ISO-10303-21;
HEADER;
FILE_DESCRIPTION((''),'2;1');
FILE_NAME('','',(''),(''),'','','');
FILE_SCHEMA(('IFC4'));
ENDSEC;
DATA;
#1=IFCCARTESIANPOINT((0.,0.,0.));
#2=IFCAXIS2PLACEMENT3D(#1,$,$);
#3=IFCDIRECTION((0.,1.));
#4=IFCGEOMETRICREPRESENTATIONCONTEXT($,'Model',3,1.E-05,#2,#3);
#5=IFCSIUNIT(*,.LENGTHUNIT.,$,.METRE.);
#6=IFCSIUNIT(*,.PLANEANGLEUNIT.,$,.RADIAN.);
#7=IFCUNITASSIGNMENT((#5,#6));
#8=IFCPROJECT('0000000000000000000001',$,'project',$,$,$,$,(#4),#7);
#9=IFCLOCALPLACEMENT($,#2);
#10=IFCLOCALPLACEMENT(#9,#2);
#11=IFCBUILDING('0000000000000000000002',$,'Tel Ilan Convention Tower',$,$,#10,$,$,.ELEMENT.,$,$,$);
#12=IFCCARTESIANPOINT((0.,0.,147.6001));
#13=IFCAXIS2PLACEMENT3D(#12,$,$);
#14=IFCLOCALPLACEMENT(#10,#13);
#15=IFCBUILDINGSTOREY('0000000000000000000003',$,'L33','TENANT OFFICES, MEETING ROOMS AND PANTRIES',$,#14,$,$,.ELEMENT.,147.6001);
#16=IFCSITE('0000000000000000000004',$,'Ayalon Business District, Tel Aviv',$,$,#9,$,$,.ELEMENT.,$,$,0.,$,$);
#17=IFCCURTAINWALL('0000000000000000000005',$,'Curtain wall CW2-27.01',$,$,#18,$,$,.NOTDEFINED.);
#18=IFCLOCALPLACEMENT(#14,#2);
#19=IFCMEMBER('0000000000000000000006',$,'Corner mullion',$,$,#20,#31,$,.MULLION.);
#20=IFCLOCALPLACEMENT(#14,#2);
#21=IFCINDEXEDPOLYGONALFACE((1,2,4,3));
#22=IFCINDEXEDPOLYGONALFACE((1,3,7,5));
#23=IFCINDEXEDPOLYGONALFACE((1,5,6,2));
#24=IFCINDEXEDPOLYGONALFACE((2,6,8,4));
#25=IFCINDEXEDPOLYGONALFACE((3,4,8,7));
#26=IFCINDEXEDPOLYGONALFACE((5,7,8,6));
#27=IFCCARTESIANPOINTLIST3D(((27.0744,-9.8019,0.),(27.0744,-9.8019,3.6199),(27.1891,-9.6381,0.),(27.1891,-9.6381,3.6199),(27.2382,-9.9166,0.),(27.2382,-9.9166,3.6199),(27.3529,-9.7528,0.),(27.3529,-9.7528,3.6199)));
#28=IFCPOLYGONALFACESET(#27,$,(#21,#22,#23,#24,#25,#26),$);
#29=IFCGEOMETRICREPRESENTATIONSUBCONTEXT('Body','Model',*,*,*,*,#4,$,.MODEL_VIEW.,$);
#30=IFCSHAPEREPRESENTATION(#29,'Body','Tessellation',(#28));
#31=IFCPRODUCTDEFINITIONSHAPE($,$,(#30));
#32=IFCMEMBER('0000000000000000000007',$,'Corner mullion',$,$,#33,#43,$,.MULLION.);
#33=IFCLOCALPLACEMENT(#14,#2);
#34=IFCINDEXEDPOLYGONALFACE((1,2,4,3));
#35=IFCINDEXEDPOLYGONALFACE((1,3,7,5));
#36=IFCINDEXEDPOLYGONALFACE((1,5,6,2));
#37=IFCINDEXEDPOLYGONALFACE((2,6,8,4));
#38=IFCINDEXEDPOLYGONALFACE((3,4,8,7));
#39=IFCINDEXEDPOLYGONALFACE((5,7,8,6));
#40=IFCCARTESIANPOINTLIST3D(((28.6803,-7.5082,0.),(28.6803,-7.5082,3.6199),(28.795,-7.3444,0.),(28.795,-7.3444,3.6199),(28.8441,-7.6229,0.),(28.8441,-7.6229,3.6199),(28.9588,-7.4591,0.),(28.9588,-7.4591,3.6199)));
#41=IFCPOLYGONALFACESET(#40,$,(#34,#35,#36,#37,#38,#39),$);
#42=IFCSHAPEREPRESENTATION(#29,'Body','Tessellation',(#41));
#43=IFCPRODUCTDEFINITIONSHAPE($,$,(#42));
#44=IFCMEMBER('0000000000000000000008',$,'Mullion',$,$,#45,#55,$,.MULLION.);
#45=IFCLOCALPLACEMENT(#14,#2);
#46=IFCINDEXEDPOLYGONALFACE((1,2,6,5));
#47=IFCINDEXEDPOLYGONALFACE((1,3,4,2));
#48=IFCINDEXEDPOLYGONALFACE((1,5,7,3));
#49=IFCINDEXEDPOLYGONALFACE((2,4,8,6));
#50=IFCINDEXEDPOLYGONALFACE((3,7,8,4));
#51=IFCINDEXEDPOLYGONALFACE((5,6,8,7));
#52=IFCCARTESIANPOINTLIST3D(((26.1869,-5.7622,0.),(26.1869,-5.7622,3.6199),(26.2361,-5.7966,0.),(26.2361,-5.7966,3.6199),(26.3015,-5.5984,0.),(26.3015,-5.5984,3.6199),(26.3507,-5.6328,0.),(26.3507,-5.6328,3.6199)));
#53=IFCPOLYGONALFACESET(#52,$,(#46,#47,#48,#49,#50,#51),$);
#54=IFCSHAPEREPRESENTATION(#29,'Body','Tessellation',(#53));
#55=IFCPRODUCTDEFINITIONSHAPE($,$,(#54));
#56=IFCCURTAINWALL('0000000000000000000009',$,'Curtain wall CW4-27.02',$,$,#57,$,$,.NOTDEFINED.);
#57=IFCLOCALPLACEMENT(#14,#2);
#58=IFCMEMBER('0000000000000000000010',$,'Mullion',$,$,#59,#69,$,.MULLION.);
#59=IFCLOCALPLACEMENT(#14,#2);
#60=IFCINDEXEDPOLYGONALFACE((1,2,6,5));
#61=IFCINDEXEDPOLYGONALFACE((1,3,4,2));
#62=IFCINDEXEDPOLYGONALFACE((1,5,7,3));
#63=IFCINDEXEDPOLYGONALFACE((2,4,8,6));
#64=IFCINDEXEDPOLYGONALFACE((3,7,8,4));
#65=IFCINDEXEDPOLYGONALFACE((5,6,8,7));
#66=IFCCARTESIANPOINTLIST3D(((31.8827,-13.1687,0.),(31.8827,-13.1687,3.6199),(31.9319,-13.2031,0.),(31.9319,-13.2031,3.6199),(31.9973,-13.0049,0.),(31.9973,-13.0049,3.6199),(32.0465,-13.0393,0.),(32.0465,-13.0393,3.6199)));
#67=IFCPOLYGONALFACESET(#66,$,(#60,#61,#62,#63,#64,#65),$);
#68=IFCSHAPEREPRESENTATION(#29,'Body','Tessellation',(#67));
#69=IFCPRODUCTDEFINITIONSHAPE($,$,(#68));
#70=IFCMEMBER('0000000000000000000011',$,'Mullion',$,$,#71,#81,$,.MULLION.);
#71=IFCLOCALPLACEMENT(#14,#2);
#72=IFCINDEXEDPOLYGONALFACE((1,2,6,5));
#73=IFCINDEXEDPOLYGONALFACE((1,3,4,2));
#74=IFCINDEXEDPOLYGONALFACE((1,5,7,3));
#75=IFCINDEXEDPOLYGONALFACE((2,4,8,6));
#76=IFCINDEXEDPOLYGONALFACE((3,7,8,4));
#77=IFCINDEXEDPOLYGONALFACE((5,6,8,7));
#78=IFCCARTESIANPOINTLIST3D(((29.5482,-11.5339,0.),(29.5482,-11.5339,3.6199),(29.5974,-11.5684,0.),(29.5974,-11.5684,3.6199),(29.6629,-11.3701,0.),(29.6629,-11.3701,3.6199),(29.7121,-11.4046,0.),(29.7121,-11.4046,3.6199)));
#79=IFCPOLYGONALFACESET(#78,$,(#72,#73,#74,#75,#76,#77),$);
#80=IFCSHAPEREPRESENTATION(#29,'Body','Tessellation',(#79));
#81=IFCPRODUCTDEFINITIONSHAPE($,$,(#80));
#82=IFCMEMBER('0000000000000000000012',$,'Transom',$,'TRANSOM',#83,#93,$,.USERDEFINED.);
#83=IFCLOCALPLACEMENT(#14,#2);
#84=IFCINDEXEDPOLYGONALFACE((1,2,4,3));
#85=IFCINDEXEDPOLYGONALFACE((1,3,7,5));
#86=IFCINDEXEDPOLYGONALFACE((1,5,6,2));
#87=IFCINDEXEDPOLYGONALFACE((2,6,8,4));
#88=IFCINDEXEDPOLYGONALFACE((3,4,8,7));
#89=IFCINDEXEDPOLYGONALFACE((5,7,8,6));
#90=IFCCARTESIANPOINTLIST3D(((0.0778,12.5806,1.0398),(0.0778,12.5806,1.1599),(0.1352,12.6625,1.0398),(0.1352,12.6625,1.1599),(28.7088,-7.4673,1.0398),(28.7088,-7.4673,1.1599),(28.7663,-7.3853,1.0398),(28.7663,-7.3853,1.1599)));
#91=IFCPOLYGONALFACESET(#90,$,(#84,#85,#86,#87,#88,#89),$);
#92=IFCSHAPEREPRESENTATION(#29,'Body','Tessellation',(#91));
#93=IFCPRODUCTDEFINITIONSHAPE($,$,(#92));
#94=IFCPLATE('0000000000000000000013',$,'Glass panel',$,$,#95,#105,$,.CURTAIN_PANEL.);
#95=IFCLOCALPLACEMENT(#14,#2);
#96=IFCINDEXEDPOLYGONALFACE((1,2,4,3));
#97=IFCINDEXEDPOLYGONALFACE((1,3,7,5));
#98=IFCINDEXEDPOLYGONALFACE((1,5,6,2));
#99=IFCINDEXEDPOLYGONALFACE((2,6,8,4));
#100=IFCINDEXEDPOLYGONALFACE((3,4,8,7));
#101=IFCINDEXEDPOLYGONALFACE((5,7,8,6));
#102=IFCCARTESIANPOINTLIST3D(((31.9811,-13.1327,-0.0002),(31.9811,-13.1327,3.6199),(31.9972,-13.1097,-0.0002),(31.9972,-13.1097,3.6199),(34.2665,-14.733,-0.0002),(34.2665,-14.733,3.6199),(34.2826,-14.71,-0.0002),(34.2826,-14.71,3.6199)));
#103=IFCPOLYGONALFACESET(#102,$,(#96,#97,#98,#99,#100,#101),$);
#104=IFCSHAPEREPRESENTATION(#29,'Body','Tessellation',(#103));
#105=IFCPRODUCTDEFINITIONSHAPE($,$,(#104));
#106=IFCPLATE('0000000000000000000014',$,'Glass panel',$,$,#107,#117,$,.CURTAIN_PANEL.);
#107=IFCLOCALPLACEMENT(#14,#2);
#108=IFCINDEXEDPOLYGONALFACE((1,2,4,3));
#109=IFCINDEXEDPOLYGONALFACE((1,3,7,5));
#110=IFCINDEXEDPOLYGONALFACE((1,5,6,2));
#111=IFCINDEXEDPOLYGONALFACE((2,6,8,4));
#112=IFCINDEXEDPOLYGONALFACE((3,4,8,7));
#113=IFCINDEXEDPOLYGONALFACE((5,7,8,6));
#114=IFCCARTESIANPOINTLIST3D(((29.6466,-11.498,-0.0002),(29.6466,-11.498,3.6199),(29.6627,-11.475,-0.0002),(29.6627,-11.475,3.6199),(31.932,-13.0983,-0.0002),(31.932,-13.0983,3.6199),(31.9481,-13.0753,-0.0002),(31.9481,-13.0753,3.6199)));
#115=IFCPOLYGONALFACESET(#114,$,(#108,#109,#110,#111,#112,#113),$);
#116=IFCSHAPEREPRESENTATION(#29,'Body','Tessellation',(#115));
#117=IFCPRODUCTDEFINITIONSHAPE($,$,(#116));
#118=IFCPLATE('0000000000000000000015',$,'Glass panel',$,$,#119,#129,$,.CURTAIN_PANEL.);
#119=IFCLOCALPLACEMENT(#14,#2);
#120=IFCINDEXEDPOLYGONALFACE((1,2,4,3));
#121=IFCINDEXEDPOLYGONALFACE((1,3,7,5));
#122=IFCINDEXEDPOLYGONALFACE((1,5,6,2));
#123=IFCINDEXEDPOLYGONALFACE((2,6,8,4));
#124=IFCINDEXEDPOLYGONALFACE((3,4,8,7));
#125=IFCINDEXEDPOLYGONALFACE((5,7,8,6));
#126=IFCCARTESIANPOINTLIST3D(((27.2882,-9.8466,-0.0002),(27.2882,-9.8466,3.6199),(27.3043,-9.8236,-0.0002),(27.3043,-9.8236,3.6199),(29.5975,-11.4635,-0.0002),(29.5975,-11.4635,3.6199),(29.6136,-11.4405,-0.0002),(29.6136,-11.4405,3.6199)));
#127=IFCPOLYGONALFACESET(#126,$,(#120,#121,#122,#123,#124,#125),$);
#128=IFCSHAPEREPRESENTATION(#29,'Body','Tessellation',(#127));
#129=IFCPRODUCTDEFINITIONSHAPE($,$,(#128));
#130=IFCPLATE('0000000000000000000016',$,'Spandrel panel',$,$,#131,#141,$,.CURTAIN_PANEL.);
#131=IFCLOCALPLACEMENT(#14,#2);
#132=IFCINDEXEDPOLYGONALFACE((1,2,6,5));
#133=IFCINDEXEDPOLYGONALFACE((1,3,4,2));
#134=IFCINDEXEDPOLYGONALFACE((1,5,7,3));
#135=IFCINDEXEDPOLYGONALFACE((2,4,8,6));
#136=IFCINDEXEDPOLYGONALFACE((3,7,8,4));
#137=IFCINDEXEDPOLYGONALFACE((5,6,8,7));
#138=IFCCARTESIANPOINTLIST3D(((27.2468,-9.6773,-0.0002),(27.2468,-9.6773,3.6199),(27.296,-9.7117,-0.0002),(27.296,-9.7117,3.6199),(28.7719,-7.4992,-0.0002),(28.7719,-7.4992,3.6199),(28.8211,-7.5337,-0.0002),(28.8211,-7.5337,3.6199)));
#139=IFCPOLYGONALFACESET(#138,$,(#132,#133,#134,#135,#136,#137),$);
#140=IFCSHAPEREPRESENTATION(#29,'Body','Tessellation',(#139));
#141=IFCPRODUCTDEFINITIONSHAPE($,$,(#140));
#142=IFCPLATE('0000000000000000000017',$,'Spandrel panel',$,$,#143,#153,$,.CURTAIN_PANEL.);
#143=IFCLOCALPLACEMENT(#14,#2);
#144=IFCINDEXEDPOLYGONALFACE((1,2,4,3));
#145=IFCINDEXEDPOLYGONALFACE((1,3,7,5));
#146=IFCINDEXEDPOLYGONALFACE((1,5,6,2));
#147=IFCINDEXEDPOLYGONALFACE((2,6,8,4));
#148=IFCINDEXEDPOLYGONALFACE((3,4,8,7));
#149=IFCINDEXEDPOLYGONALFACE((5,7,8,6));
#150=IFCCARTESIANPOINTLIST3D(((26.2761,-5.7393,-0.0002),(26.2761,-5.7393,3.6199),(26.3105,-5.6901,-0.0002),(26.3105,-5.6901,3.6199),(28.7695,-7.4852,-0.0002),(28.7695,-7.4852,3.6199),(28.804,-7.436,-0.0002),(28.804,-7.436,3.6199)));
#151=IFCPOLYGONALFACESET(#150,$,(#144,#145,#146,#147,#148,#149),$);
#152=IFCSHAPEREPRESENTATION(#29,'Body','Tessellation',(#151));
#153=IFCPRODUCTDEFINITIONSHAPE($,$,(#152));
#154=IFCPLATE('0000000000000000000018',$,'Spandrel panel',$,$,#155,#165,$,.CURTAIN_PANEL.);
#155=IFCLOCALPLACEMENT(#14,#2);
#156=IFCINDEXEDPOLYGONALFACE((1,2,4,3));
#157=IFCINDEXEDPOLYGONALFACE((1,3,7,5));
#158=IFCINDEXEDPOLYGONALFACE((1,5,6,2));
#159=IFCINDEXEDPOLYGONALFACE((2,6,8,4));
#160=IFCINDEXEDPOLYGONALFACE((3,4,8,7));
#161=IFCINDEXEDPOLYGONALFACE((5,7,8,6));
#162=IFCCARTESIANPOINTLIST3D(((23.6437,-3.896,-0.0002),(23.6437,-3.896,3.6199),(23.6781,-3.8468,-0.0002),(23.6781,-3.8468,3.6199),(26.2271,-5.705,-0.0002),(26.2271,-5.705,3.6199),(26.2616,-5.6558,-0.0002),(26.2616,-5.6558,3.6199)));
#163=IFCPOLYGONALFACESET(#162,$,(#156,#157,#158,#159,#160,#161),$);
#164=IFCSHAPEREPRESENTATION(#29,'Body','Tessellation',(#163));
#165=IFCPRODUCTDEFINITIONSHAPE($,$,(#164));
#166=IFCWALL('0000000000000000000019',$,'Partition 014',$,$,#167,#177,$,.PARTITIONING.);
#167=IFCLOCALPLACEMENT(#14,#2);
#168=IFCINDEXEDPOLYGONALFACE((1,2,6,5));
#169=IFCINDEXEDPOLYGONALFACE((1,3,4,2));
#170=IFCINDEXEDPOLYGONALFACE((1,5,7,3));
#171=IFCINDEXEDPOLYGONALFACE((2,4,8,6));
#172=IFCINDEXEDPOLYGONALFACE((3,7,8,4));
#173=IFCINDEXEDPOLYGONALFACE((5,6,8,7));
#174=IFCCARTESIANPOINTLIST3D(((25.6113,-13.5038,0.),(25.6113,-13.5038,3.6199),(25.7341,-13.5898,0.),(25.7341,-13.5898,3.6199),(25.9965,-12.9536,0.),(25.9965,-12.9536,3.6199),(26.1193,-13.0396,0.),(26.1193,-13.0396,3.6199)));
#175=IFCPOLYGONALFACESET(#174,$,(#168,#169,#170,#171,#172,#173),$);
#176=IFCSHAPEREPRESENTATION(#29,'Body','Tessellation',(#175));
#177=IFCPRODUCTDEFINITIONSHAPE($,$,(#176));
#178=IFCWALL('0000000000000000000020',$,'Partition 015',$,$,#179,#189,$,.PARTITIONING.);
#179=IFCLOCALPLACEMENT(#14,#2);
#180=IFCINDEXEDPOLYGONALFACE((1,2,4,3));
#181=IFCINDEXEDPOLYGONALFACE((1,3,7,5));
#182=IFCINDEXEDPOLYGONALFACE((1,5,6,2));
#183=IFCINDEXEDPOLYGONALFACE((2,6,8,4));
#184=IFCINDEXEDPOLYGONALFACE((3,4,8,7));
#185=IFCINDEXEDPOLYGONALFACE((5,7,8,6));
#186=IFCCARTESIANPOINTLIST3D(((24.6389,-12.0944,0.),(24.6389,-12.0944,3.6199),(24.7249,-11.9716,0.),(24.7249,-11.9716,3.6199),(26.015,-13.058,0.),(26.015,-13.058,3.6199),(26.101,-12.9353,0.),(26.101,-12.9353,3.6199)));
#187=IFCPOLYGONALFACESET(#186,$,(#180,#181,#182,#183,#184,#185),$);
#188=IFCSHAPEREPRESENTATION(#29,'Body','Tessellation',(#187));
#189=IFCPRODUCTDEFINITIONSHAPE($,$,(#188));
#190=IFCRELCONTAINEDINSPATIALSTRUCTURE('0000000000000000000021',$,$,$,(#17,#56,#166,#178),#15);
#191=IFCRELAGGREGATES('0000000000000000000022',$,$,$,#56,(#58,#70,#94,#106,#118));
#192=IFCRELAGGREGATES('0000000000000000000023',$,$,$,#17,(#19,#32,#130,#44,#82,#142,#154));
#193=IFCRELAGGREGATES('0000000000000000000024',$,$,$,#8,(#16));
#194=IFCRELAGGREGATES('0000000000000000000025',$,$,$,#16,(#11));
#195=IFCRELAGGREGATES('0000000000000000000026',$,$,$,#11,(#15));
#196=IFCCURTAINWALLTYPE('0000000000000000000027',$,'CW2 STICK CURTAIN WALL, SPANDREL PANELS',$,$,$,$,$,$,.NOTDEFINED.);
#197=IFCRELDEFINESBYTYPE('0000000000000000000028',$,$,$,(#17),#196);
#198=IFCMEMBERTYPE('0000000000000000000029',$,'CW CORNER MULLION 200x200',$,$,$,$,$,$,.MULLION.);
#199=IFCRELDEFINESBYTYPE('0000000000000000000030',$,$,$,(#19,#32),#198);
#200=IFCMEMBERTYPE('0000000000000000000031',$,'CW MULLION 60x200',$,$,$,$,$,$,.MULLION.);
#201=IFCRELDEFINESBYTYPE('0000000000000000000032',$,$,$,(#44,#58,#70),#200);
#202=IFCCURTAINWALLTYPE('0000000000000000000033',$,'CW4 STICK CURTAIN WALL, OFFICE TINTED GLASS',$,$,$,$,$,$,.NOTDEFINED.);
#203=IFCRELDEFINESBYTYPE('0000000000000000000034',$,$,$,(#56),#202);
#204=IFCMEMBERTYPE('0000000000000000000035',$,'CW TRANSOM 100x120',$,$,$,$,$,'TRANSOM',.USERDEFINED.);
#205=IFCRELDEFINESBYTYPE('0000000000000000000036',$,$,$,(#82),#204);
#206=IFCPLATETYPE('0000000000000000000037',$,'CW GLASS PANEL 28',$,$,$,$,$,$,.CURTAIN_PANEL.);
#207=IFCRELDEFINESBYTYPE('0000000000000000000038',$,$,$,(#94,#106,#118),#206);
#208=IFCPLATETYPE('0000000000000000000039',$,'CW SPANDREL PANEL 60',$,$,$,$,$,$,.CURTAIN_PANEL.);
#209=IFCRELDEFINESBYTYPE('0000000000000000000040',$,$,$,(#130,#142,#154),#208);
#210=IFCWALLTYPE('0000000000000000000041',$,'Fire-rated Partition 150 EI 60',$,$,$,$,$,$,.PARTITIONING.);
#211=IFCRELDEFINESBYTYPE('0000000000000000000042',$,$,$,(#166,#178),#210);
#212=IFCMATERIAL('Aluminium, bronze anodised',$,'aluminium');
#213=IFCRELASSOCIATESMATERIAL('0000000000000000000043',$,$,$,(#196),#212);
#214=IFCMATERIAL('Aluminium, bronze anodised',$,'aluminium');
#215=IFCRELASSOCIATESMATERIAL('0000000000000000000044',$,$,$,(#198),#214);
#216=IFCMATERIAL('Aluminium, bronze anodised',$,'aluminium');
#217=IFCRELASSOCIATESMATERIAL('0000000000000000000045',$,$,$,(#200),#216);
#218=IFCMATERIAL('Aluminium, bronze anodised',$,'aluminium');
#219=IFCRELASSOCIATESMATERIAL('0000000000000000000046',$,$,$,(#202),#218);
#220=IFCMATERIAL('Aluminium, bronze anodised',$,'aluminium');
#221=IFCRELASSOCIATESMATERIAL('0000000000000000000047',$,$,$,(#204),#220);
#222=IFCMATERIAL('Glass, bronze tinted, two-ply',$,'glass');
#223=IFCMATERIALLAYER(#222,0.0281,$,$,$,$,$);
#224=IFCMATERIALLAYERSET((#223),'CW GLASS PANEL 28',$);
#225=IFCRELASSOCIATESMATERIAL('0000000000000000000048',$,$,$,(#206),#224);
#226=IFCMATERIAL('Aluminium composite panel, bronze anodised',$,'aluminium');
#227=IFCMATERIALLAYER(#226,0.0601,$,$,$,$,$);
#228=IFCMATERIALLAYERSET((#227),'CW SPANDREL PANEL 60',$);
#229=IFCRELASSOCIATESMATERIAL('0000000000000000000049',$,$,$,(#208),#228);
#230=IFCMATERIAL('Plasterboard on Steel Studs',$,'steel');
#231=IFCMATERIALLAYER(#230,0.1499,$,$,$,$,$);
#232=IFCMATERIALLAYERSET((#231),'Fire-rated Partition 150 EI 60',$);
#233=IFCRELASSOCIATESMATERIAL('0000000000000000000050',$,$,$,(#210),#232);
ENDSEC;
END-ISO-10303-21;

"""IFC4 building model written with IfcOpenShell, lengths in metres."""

from ifc_helpers import new_model, si_unit, direction, frame, frame_2d, origin, origin_2d, place, context, subcontext, project, spatial, rectangle, extrude, material, layer, layer_set, material_profile, profile_set, type_object, element, aggregate, save


model = new_model("IFC4")

# Units and contexts
model_context = context("Model", 3, precision=1e-05, world=origin(), true_north=direction((0.0, 1.0)))
body_context = subcontext(model_context, "Body", "Model", "MODEL_VIEW")
ifc_project = project(units=[si_unit("LENGTHUNIT", "METRE"), si_unit("PLANEANGLEUNIT", "RADIAN")], contexts=[model_context])

# Site, building, storey
site_placement = place(None, origin())
site = spatial("IfcSite", under=ifc_project, at=site_placement, Name="Ayalon Business District, Tel Aviv", CompositionType="ELEMENT", RefElevation=0.0)
building_placement = place(site_placement, origin())
building = spatial("IfcBuilding", under=site, at=building_placement, Name="Tel Ilan Convention Tower", CompositionType="ELEMENT")
storey_placement = place(building_placement, frame((0.0, 0.0, 147.6001)))
storey = spatial("IfcBuildingStorey", under=building, at=storey_placement, Name="L33", Description="TENANT OFFICES, MEETING ROOMS AND PANTRIES", CompositionType="ELEMENT", Elevation=147.6001)

# Curtain walls, members
ifc_material_1 = material(Name="Aluminium, bronze anodised", Category="aluminium")
curtain_wall_type_1 = type_object("IfcCurtainWallType", Name="CW2 STICK CURTAIN WALL, SPANDREL PANELS", PredefinedType="NOTDEFINED", material=ifc_material_1)
curtain_wall_1_placement = place(storey_placement, origin())
curtain_wall_1 = element("IfcCurtainWall", 1, at=curtain_wall_1_placement, inside=storey, type_object=curtain_wall_type_1, Name="Curtain wall CW2-27.01", PredefinedType="NOTDEFINED")
ifc_material_2 = material(Name="Aluminium, bronze anodised", Category="aluminium")
ifc_material_profile_1 = material_profile(ifc_material_2, rectangle(XDim=0.2, YDim=0.2, at=origin_2d()), Name="CW CORNER MULLION 200x200")
ifc_profile_set_1 = profile_set([ifc_material_profile_1], Name="Aluminium, bronze anodised")
member_type_1 = type_object("IfcMemberType", Name="CW CORNER MULLION 200x200", PredefinedType="MULLION", material=ifc_profile_set_1)
member_1_placement = place(storey_placement, frame((27.2136, -9.7773, 0.0), z_axis=(0.0, 0.0, 1.0), x_axis=(-0.819152, 0.573576, 0.0)))
member_1 = element("IfcMember", 2, at=member_1_placement, type_object=member_type_1, Name="Corner mullion", PredefinedType="MULLION", context=body_context, shape_type="SweptSolid", body=[
    extrude(rectangle(XDim=0.2, YDim=0.2, at=origin_2d()), origin(), (0.0, 0.0, 1.0), 3.6199),
])
member_2_placement = place(storey_placement, frame((28.8196, -7.4836, 0.0), z_axis=(0.0, 0.0, 1.0), x_axis=(0.573576, 0.819152, 0.0)))
member_2 = element("IfcMember", 3, at=member_2_placement, type_object=member_type_1, Name="Corner mullion", PredefinedType="MULLION", context=body_context, shape_type="SweptSolid", body=[
    extrude(rectangle(XDim=0.2, YDim=0.2, at=origin_2d()), origin(), (0.0, 0.0, 1.0), 3.6199),
])
ifc_material_3 = material(Name="Aluminium, bronze anodised", Category="aluminium")
ifc_material_profile_2 = material_profile(ifc_material_3, rectangle(XDim=0.0601, YDim=0.2, at=origin_2d()), Name="CW MULLION 60x200")
ifc_profile_set_2 = profile_set([ifc_material_profile_2], Name="Aluminium, bronze anodised")
member_type_2 = type_object("IfcMemberType", Name="CW MULLION 60x200", PredefinedType="MULLION", material=ifc_profile_set_2)
member_3_placement = place(storey_placement, frame((26.2688, -5.6975, 0.0), z_axis=(0.0, 0.0, 1.0), x_axis=(-0.819152, 0.573576, 0.0)))
member_3 = element("IfcMember", 4, at=member_3_placement, type_object=member_type_2, Name="Mullion", PredefinedType="MULLION", context=body_context, shape_type="SweptSolid", body=[
    extrude(rectangle(XDim=0.0601, YDim=0.2, at=origin_2d()), origin(), (0.0, 0.0, 1.0), 3.6199),
])
ifc_material_4 = material(Name="Aluminium, bronze anodised", Category="aluminium")
curtain_wall_type_2 = type_object("IfcCurtainWallType", Name="CW4 STICK CURTAIN WALL, OFFICE TINTED GLASS", PredefinedType="NOTDEFINED", material=ifc_material_4)
curtain_wall_2_placement = place(storey_placement, origin())
curtain_wall_2 = element("IfcCurtainWall", 5, at=curtain_wall_2_placement, inside=storey, type_object=curtain_wall_type_2, Name="Curtain wall CW4-27.02", PredefinedType="NOTDEFINED")
member_4_placement = place(storey_placement, frame((31.9646, -13.104, 0.0), z_axis=(0.0, 0.0, 1.0), x_axis=(-0.819152, 0.573576, 0.0)))
member_4 = element("IfcMember", 6, at=member_4_placement, type_object=member_type_2, Name="Mullion", PredefinedType="MULLION", context=body_context, shape_type="SweptSolid", body=[
    extrude(rectangle(XDim=0.0601, YDim=0.2, at=origin_2d()), origin(), (0.0, 0.0, 1.0), 3.6199),
])
member_5_placement = place(storey_placement, frame((29.6301, -11.4692, 0.0), z_axis=(0.0, 0.0, 1.0), x_axis=(-0.819152, 0.573576, 0.0)))
member_5 = element("IfcMember", 7, at=member_5_placement, type_object=member_type_2, Name="Mullion", PredefinedType="MULLION", context=body_context, shape_type="SweptSolid", body=[
    extrude(rectangle(XDim=0.0601, YDim=0.2, at=origin_2d()), origin(), (0.0, 0.0, 1.0), 3.6199),
])

# Member
ifc_material_5 = material(Name="Aluminium, bronze anodised", Category="aluminium")
ifc_material_profile_3 = material_profile(ifc_material_5, rectangle(XDim=0.1001, YDim=0.1201, at=origin_2d()), Name="CW TRANSOM 100x120")
ifc_profile_set_3 = profile_set([ifc_material_profile_3], Name="Aluminium, bronze anodised")
member_type_3 = type_object("IfcMemberType", Name="CW TRANSOM 100x120", ElementType="TRANSOM", PredefinedType="USERDEFINED", material=ifc_profile_set_3)
member_6_placement = place(storey_placement, frame((28.7375, -7.4263, 1.0999), z_axis=(-0.81915, 0.573579, 0.0), x_axis=(-0.573579, -0.81915, 0.0)))
member_6 = element("IfcMember", 8, at=member_6_placement, type_object=member_type_3, Name="Transom", ObjectType="TRANSOM", PredefinedType="USERDEFINED", context=body_context, shape_type="SweptSolid", body=[
    extrude(rectangle(XDim=0.1001, YDim=0.1201, at=origin_2d()), origin(), (0.0, 0.0, 1.0), 34.9521),
])

# Plates
ifc_material_6 = material(Name="Glass, bronze tinted, two-ply", Category="glass")
ifc_layer_1 = layer(ifc_material_6, 0.0281)
ifc_layer_set_1 = layer_set([ifc_layer_1], Name="CW GLASS PANEL 28")
plate_type_1 = type_object("IfcPlateType", Name="CW GLASS PANEL 28", PredefinedType="CURTAIN_PANEL", material=ifc_layer_set_1)
plate_1_placement = place(storey_placement, frame((33.1318, -13.9214, -0.0002), z_axis=(0.0, 0.0, 1.0), x_axis=(-0.819152, 0.573576, 0.0)))
plate_1 = element("IfcPlate", 9, at=plate_1_placement, type_object=plate_type_1, Name="Glass panel", PredefinedType="CURTAIN_PANEL", context=body_context, shape_type="SweptSolid", body=[
    extrude(rectangle(XDim=2.79, YDim=0.0281, at=origin_2d()), origin(), (0.0, 0.0, 1.0), 3.6201),
])
plate_2_placement = place(storey_placement, frame((30.7974, -12.2866, -0.0002), z_axis=(0.0, 0.0, 1.0), x_axis=(-0.819152, 0.573576, 0.0)))
plate_2 = element("IfcPlate", 10, at=plate_2_placement, type_object=plate_type_1, Name="Glass panel", PredefinedType="CURTAIN_PANEL", context=body_context, shape_type="SweptSolid", body=[
    extrude(rectangle(XDim=2.79, YDim=0.0281, at=origin_2d()), origin(), (0.0, 0.0, 1.0), 3.6201),
])
plate_3_placement = place(storey_placement, frame((28.4509, -10.6436, -0.0002), z_axis=(0.0, 0.0, 1.0), x_axis=(-0.819152, 0.573576, 0.0)))
plate_3 = element("IfcPlate", 11, at=plate_3_placement, type_object=plate_type_1, Name="Glass panel", PredefinedType="CURTAIN_PANEL", context=body_context, shape_type="SweptSolid", body=[
    extrude(rectangle(XDim=2.8191, YDim=0.0281, at=origin_2d()), origin(), (0.0, 0.0, 1.0), 3.6201),
])
aggregate(curtain_wall_2, [member_4, member_5, plate_1, plate_2, plate_3])
ifc_material_7 = material(Name="Aluminium composite panel, bronze anodised", Category="aluminium")
ifc_layer_2 = layer(ifc_material_7, 0.0601)
ifc_layer_set_2 = layer_set([ifc_layer_2], Name="CW SPANDREL PANEL 60")
plate_type_2 = type_object("IfcPlateType", Name="CW SPANDREL PANEL 60", PredefinedType="CURTAIN_PANEL", material=ifc_layer_set_2)
plate_4_placement = place(storey_placement, frame((28.0339, -8.6055, -0.0002), z_axis=(0.0, 0.0, 1.0), x_axis=(0.573576, 0.819152, 0.0)))
plate_4 = element("IfcPlate", 12, at=plate_4_placement, type_object=plate_type_2, Name="Spandrel panel", PredefinedType="CURTAIN_PANEL", context=body_context, shape_type="SweptSolid", body=[
    extrude(rectangle(XDim=2.6589, YDim=0.0601, at=origin_2d()), origin(), (0.0, 0.0, 1.0), 3.6201),
])
plate_5_placement = place(storey_placement, frame((27.54, -6.5876, -0.0002), z_axis=(0.0, 0.0, 1.0), x_axis=(-0.819152, 0.573576, 0.0)))
plate_5 = element("IfcPlate", 13, at=plate_5_placement, type_object=plate_type_2, Name="Spandrel panel", PredefinedType="CURTAIN_PANEL", context=body_context, shape_type="SweptSolid", body=[
    extrude(rectangle(XDim=3.0439, YDim=0.0601, at=origin_2d()), origin(), (0.0, 0.0, 1.0), 3.6201),
])
plate_6_placement = place(storey_placement, frame((24.9526, -4.7759, -0.0002), z_axis=(0.0, 0.0, 1.0), x_axis=(-0.819152, 0.573576, 0.0)))
plate_6 = element("IfcPlate", 14, at=plate_6_placement, type_object=plate_type_2, Name="Spandrel panel", PredefinedType="CURTAIN_PANEL", context=body_context, shape_type="SweptSolid", body=[
    extrude(rectangle(XDim=3.1538, YDim=0.0601, at=origin_2d()), origin(), (0.0, 0.0, 1.0), 3.6201),
])
aggregate(curtain_wall_1, [member_1, member_2, plate_4, member_3, member_6, plate_5, plate_6])

# Walls
ifc_material_8 = material(Name="Plasterboard on Steel Studs", Category="steel")
ifc_layer_3 = layer(ifc_material_8, 0.1499)
ifc_layer_set_3 = layer_set([ifc_layer_3], Name="Fire-rated Partition 150 EI 60")
wall_type_1 = type_object("IfcWallType", Name="Fire-rated Partition 150 EI 60", PredefinedType="PARTITIONING", material=ifc_layer_set_3)
wall_1_placement = place(storey_placement, frame((25.6726, -13.5469, 0.0), z_axis=(0.0, 0.0, 1.0), x_axis=(0.573511, 0.819198, 0.0)))
element("IfcWall", 15, at=wall_1_placement, inside=storey, type_object=wall_type_1, Name="Partition 014", PredefinedType="PARTITIONING", context=body_context, shape_type="SweptSolid", body=[
    extrude(rectangle(XDim=0.6716, YDim=0.1499, at=frame_2d((0.3359, 0.0))), origin(), (0.0, 0.0, 1.0), 3.6199),
])
wall_2_placement = place(storey_placement, frame((26.0579, -12.9966, 0.0), z_axis=(0.0, 0.0, 1.0), x_axis=(-0.819109, 0.573638, 0.0)))
element("IfcWall", 16, at=wall_2_placement, inside=storey, type_object=wall_type_1, Name="Partition 015", PredefinedType="PARTITIONING", context=body_context, shape_type="SweptSolid", body=[
    extrude(rectangle(XDim=1.6799, YDim=0.1499, at=frame_2d((0.8398, 0.0))), origin(), (0.0, 0.0, 1.0), 3.6199),
])

save(model, "model.ifc")
